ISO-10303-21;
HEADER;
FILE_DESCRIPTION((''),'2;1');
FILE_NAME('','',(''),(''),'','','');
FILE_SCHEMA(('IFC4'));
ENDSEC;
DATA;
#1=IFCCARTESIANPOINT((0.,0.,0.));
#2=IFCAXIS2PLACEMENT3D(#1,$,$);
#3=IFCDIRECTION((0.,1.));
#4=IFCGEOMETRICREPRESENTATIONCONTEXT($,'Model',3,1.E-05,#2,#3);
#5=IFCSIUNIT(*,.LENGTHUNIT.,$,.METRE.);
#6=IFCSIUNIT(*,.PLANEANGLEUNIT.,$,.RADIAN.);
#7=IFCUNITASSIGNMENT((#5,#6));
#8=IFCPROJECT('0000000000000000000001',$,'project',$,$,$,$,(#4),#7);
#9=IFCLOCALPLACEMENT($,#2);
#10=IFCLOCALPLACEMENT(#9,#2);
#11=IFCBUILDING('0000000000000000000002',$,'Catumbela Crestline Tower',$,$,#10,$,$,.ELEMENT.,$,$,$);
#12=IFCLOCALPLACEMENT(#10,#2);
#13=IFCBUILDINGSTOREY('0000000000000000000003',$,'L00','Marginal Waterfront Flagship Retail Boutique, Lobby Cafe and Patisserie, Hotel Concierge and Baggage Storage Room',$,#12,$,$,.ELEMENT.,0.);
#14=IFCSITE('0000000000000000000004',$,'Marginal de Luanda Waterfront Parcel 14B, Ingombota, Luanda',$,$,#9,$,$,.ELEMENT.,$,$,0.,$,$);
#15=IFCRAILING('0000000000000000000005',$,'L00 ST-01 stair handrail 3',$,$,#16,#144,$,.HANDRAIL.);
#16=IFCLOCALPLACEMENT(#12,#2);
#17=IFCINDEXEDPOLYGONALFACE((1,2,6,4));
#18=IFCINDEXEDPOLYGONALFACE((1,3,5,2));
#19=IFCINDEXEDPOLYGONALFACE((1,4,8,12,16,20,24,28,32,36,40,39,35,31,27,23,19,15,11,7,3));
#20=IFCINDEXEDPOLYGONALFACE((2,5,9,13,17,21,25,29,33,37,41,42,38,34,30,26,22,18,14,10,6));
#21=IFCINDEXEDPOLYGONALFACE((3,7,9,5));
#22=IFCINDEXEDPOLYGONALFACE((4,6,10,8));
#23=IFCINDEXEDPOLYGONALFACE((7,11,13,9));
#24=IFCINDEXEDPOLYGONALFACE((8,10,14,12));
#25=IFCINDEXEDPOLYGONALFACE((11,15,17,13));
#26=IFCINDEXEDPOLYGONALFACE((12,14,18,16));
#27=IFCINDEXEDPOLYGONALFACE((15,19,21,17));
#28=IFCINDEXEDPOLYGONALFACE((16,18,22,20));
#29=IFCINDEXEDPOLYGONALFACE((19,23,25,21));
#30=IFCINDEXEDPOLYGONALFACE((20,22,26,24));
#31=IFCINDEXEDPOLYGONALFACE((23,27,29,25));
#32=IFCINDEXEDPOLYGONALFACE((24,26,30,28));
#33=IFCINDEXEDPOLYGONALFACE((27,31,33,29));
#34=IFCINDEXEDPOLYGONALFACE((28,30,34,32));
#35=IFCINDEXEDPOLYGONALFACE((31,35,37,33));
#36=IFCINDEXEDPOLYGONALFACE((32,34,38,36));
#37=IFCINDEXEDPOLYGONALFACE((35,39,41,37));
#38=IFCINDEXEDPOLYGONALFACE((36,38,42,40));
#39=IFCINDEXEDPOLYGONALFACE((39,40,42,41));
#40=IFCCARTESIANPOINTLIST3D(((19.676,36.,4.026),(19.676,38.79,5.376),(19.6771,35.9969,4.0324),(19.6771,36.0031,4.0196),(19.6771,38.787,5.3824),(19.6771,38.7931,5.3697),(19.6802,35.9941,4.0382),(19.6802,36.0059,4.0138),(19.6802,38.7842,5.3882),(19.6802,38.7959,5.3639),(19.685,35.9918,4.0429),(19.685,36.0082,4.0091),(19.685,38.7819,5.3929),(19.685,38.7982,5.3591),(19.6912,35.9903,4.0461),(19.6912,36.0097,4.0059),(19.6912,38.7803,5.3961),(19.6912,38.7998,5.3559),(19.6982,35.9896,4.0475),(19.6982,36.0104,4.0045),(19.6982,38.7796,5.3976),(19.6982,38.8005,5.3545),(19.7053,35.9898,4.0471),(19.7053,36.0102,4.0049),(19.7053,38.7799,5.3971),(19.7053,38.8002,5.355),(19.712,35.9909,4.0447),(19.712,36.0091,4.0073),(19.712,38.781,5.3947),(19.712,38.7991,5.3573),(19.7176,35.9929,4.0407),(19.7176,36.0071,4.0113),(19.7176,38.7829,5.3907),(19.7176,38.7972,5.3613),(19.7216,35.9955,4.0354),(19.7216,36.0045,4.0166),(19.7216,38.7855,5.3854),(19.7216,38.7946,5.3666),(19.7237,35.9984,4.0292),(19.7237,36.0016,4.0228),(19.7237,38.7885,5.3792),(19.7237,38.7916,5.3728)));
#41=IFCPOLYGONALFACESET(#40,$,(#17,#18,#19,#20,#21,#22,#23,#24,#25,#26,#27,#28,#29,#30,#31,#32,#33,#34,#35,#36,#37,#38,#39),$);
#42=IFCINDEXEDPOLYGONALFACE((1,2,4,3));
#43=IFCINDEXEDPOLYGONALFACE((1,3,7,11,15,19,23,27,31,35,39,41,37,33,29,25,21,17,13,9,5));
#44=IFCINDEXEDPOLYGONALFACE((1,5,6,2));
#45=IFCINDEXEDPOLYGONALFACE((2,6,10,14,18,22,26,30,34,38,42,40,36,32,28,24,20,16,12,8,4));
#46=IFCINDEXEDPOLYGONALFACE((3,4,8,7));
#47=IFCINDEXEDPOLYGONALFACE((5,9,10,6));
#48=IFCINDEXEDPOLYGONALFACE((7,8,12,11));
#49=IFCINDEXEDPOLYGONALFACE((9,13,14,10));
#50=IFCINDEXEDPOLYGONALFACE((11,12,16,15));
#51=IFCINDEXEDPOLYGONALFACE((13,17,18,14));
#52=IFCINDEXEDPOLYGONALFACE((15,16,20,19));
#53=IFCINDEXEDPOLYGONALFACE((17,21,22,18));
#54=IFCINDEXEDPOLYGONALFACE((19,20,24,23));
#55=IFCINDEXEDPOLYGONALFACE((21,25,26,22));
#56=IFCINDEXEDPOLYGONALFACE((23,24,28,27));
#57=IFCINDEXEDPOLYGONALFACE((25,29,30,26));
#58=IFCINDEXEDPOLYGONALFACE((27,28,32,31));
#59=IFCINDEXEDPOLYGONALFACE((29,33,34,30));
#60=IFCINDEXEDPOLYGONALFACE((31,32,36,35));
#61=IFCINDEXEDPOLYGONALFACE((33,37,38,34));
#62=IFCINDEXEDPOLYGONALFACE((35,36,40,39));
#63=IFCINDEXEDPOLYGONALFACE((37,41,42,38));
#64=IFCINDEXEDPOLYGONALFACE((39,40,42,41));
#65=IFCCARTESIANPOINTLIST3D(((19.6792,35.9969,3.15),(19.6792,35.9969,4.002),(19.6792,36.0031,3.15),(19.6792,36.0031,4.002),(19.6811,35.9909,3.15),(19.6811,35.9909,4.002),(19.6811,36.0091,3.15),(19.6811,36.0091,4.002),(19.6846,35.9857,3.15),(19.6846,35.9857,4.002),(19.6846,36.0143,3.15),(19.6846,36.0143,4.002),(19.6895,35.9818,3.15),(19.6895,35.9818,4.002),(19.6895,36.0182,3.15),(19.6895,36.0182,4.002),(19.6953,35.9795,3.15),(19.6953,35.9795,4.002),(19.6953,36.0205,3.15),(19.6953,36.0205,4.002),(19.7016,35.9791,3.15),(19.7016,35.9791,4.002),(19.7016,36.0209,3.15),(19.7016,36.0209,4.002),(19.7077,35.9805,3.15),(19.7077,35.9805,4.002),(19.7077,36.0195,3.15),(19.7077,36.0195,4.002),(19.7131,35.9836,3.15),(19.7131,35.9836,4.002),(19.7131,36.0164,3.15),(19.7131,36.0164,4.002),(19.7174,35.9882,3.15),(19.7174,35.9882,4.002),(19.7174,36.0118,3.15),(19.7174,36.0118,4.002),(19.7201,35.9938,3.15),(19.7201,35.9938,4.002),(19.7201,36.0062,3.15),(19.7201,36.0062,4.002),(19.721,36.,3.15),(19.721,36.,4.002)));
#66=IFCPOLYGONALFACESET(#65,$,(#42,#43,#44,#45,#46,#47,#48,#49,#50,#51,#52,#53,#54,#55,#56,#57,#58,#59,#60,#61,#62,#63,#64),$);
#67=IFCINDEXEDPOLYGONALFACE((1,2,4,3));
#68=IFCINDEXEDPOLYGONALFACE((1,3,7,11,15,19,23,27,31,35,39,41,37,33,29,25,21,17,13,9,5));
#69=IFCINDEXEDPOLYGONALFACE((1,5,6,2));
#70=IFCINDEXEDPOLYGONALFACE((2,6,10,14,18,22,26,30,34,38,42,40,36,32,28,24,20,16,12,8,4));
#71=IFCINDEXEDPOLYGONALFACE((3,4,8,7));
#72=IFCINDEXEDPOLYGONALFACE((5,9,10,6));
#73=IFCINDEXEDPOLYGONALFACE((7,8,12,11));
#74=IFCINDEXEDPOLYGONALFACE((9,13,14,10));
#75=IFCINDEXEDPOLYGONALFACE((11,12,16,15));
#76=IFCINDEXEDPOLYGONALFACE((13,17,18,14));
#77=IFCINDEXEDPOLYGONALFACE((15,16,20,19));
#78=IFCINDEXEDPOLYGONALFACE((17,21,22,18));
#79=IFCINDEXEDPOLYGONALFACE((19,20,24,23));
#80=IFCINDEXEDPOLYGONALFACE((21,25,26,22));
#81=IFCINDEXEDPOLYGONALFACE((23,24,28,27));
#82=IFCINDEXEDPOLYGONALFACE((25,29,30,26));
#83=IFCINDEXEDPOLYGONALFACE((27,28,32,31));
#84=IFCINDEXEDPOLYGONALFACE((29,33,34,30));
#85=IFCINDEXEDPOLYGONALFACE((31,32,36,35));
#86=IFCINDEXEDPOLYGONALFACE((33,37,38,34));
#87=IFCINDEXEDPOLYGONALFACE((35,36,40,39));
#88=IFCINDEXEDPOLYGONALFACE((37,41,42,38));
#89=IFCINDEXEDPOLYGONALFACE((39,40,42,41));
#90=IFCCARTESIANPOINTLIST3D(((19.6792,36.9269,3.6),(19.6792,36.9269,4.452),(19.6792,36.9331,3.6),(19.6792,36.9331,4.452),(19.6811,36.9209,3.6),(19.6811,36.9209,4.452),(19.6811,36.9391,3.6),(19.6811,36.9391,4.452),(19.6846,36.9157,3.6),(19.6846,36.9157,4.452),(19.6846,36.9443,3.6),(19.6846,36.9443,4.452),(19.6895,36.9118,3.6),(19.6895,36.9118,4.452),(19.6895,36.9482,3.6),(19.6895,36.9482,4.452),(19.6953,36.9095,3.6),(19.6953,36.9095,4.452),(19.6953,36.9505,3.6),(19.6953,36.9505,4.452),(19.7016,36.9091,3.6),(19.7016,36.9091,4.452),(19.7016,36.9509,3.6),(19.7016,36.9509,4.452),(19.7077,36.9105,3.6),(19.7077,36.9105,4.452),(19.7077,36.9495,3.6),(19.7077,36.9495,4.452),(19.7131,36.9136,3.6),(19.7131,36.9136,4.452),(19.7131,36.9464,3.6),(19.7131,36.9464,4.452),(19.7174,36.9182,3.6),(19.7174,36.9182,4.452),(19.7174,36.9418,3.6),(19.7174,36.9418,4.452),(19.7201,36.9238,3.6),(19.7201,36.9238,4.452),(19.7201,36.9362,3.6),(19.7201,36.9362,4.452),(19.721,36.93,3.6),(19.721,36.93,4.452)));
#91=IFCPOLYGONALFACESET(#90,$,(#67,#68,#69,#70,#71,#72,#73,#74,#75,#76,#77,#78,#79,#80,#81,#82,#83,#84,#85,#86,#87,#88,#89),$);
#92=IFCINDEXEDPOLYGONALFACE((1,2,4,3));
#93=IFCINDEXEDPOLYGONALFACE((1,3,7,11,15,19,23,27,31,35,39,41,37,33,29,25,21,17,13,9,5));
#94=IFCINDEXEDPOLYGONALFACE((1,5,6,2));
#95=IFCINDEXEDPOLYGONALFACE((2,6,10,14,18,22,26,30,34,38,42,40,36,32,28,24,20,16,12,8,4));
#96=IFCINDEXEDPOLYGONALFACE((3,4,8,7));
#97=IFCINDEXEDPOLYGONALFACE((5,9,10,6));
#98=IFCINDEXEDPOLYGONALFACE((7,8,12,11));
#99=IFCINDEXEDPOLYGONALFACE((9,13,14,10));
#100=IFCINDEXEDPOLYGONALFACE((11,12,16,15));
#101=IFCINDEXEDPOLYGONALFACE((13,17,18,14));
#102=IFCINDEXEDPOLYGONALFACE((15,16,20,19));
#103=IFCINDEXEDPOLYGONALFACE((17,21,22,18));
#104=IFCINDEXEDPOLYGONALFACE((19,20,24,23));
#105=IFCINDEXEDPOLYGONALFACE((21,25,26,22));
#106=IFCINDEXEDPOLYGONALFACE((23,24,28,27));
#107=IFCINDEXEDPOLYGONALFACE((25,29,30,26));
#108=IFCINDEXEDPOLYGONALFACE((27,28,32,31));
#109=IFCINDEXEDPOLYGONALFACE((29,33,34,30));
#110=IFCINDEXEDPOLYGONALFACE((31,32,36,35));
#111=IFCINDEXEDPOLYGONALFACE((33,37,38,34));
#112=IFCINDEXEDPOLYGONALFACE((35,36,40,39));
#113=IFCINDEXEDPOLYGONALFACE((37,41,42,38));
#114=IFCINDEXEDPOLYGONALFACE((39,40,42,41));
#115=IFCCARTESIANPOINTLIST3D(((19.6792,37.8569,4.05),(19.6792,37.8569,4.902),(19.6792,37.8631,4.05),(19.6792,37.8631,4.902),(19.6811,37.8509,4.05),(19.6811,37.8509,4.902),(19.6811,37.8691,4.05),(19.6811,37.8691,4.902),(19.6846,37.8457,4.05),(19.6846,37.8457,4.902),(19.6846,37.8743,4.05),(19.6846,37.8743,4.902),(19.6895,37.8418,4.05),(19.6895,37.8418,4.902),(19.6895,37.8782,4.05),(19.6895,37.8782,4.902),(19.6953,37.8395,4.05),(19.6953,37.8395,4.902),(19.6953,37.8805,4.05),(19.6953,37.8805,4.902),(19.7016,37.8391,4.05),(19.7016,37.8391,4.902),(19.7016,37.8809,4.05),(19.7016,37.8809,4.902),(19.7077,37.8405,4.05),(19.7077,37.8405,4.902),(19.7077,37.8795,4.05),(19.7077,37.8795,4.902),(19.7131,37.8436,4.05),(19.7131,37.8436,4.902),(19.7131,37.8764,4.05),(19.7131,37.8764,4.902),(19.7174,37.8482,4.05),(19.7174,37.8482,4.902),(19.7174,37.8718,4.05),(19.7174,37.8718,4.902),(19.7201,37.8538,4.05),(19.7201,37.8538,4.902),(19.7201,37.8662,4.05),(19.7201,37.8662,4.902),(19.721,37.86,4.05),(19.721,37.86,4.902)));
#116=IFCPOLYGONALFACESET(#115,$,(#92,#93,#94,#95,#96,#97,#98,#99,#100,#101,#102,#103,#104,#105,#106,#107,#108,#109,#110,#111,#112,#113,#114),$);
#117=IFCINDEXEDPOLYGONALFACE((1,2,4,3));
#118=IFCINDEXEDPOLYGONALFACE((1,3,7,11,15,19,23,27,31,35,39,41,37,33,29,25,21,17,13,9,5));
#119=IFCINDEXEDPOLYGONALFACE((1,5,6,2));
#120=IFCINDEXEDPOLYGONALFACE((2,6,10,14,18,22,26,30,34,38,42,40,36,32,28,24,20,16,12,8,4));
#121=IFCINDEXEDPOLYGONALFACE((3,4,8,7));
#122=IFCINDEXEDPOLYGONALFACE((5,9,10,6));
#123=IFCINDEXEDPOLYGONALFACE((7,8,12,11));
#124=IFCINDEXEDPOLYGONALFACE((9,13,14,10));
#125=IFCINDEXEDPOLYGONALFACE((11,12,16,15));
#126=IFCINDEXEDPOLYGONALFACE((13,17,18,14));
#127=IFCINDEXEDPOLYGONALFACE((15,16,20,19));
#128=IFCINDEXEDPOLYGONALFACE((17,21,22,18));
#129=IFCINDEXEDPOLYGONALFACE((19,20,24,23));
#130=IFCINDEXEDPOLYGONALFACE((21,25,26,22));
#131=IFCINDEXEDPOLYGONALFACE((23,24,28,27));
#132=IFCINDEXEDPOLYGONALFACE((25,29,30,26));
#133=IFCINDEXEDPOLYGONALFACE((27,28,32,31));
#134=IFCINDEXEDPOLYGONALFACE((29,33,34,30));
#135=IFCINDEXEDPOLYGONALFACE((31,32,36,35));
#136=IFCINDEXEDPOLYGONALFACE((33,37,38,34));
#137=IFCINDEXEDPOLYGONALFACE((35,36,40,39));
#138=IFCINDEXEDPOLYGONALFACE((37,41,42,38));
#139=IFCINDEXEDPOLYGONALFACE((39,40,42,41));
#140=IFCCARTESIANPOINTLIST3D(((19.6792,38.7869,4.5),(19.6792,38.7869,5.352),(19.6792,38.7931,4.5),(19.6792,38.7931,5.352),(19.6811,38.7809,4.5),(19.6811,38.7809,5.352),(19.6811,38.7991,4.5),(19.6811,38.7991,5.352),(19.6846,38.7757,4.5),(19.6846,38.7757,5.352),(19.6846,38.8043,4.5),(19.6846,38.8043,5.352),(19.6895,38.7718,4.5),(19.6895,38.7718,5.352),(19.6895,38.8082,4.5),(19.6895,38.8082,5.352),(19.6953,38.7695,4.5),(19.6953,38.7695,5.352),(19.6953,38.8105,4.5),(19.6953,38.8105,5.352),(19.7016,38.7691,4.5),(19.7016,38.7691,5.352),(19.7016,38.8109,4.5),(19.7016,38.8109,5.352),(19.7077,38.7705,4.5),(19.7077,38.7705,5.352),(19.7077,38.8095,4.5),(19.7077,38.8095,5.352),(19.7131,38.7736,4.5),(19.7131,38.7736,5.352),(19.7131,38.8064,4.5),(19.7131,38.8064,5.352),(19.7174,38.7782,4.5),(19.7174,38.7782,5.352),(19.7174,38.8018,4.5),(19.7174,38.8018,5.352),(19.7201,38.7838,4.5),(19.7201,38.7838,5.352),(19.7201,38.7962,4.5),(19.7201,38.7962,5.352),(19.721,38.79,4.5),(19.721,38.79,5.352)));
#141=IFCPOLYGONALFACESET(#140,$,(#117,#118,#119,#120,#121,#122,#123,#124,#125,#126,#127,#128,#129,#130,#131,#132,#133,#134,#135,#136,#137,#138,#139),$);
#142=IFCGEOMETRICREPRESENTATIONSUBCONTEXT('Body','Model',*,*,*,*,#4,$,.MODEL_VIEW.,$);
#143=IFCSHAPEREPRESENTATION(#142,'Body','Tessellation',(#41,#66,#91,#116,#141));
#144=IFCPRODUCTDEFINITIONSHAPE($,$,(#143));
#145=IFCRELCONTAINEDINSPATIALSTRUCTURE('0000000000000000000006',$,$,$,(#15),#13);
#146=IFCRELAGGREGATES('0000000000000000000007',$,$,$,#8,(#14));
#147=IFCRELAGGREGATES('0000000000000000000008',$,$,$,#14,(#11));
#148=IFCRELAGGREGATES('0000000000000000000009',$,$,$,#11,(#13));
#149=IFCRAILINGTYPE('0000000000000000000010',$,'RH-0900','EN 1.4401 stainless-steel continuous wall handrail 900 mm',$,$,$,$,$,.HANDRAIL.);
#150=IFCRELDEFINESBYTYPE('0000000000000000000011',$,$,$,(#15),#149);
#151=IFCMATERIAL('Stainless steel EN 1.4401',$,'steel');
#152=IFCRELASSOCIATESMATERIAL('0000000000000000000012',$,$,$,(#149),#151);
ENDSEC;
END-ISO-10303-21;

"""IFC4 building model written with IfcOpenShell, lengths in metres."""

from ifc_helpers import new_model, si_unit, direction, frame, origin, origin_2d, place, context, subcontext, project, spatial, circle, extrude, material, type_object, element, save


model = new_model("IFC4")

# Units and contexts
model_context = context("Model", 3, precision=1e-05, world=origin(), true_north=direction((0.0, 1.0)))
body_context = subcontext(model_context, "Body", "Model", "MODEL_VIEW")
ifc_project = project(units=[si_unit("LENGTHUNIT", "METRE"), si_unit("PLANEANGLEUNIT", "RADIAN")], contexts=[model_context])

# Site, building, storey
site_placement = place(None, origin())
site = spatial("IfcSite", under=ifc_project, at=site_placement, Name="Marginal de Luanda Waterfront Parcel 14B, Ingombota, Luanda", CompositionType="ELEMENT", RefElevation=0.0)
building_placement = place(site_placement, origin())
building = spatial("IfcBuilding", under=site, at=building_placement, Name="Catumbela Crestline Tower", CompositionType="ELEMENT")
storey_placement = place(building_placement, origin())
storey = spatial("IfcBuildingStorey", under=building, at=storey_placement, Name="L00", Description="Marginal Waterfront Flagship Retail Boutique, Lobby Cafe and Patisserie, Hotel Concierge and Baggage Storage Room", CompositionType="ELEMENT", Elevation=0.0)

# Shared definitions
ifc_material_1 = material(Name="Stainless steel EN 1.4401", Category="steel")

# Railing
railing_type_1 = type_object("IfcRailingType", Name="RH-0900", Description="EN 1.4401 stainless-steel continuous wall handrail 900 mm", PredefinedType="HANDRAIL", material=ifc_material_1)
for number, where, name in (
    (1, (19.7, 36.0, 3.15), "L00 ST-01 stair handrail 3"),
):
    element("IfcRailing", number, at=place(storey_placement, frame(where)), inside=storey, type_object=railing_type_1, Name=name, PredefinedType="HANDRAIL", context=body_context, shape_type="SweptSolid", body=[
        extrude(circle(Radius=0.024, at=origin_2d()), frame((0.0, 0.0, 0.876), z_axis=(0.0, 0.900159, 0.435561), x_axis=(-1.0, 0.0, 0.0)), (0.0, 0.0, 1.0), 3.0995),
        extrude(circle(Radius=0.021, at=origin_2d()), origin(), (0.0, 0.0, 1.0), 0.852),
        extrude(circle(Radius=0.021, at=origin_2d()), frame((0.0, 0.93, 0.45)), (0.0, 0.0, 1.0), 0.852),
        extrude(circle(Radius=0.021, at=origin_2d()), frame((0.0, 1.86, 0.9)), (0.0, 0.0, 1.0), 0.852),
        extrude(circle(Radius=0.021, at=origin_2d()), frame((0.0, 2.79, 1.35)), (0.0, 0.0, 1.0), 0.852),
    ])

save(model, "model.ifc")
